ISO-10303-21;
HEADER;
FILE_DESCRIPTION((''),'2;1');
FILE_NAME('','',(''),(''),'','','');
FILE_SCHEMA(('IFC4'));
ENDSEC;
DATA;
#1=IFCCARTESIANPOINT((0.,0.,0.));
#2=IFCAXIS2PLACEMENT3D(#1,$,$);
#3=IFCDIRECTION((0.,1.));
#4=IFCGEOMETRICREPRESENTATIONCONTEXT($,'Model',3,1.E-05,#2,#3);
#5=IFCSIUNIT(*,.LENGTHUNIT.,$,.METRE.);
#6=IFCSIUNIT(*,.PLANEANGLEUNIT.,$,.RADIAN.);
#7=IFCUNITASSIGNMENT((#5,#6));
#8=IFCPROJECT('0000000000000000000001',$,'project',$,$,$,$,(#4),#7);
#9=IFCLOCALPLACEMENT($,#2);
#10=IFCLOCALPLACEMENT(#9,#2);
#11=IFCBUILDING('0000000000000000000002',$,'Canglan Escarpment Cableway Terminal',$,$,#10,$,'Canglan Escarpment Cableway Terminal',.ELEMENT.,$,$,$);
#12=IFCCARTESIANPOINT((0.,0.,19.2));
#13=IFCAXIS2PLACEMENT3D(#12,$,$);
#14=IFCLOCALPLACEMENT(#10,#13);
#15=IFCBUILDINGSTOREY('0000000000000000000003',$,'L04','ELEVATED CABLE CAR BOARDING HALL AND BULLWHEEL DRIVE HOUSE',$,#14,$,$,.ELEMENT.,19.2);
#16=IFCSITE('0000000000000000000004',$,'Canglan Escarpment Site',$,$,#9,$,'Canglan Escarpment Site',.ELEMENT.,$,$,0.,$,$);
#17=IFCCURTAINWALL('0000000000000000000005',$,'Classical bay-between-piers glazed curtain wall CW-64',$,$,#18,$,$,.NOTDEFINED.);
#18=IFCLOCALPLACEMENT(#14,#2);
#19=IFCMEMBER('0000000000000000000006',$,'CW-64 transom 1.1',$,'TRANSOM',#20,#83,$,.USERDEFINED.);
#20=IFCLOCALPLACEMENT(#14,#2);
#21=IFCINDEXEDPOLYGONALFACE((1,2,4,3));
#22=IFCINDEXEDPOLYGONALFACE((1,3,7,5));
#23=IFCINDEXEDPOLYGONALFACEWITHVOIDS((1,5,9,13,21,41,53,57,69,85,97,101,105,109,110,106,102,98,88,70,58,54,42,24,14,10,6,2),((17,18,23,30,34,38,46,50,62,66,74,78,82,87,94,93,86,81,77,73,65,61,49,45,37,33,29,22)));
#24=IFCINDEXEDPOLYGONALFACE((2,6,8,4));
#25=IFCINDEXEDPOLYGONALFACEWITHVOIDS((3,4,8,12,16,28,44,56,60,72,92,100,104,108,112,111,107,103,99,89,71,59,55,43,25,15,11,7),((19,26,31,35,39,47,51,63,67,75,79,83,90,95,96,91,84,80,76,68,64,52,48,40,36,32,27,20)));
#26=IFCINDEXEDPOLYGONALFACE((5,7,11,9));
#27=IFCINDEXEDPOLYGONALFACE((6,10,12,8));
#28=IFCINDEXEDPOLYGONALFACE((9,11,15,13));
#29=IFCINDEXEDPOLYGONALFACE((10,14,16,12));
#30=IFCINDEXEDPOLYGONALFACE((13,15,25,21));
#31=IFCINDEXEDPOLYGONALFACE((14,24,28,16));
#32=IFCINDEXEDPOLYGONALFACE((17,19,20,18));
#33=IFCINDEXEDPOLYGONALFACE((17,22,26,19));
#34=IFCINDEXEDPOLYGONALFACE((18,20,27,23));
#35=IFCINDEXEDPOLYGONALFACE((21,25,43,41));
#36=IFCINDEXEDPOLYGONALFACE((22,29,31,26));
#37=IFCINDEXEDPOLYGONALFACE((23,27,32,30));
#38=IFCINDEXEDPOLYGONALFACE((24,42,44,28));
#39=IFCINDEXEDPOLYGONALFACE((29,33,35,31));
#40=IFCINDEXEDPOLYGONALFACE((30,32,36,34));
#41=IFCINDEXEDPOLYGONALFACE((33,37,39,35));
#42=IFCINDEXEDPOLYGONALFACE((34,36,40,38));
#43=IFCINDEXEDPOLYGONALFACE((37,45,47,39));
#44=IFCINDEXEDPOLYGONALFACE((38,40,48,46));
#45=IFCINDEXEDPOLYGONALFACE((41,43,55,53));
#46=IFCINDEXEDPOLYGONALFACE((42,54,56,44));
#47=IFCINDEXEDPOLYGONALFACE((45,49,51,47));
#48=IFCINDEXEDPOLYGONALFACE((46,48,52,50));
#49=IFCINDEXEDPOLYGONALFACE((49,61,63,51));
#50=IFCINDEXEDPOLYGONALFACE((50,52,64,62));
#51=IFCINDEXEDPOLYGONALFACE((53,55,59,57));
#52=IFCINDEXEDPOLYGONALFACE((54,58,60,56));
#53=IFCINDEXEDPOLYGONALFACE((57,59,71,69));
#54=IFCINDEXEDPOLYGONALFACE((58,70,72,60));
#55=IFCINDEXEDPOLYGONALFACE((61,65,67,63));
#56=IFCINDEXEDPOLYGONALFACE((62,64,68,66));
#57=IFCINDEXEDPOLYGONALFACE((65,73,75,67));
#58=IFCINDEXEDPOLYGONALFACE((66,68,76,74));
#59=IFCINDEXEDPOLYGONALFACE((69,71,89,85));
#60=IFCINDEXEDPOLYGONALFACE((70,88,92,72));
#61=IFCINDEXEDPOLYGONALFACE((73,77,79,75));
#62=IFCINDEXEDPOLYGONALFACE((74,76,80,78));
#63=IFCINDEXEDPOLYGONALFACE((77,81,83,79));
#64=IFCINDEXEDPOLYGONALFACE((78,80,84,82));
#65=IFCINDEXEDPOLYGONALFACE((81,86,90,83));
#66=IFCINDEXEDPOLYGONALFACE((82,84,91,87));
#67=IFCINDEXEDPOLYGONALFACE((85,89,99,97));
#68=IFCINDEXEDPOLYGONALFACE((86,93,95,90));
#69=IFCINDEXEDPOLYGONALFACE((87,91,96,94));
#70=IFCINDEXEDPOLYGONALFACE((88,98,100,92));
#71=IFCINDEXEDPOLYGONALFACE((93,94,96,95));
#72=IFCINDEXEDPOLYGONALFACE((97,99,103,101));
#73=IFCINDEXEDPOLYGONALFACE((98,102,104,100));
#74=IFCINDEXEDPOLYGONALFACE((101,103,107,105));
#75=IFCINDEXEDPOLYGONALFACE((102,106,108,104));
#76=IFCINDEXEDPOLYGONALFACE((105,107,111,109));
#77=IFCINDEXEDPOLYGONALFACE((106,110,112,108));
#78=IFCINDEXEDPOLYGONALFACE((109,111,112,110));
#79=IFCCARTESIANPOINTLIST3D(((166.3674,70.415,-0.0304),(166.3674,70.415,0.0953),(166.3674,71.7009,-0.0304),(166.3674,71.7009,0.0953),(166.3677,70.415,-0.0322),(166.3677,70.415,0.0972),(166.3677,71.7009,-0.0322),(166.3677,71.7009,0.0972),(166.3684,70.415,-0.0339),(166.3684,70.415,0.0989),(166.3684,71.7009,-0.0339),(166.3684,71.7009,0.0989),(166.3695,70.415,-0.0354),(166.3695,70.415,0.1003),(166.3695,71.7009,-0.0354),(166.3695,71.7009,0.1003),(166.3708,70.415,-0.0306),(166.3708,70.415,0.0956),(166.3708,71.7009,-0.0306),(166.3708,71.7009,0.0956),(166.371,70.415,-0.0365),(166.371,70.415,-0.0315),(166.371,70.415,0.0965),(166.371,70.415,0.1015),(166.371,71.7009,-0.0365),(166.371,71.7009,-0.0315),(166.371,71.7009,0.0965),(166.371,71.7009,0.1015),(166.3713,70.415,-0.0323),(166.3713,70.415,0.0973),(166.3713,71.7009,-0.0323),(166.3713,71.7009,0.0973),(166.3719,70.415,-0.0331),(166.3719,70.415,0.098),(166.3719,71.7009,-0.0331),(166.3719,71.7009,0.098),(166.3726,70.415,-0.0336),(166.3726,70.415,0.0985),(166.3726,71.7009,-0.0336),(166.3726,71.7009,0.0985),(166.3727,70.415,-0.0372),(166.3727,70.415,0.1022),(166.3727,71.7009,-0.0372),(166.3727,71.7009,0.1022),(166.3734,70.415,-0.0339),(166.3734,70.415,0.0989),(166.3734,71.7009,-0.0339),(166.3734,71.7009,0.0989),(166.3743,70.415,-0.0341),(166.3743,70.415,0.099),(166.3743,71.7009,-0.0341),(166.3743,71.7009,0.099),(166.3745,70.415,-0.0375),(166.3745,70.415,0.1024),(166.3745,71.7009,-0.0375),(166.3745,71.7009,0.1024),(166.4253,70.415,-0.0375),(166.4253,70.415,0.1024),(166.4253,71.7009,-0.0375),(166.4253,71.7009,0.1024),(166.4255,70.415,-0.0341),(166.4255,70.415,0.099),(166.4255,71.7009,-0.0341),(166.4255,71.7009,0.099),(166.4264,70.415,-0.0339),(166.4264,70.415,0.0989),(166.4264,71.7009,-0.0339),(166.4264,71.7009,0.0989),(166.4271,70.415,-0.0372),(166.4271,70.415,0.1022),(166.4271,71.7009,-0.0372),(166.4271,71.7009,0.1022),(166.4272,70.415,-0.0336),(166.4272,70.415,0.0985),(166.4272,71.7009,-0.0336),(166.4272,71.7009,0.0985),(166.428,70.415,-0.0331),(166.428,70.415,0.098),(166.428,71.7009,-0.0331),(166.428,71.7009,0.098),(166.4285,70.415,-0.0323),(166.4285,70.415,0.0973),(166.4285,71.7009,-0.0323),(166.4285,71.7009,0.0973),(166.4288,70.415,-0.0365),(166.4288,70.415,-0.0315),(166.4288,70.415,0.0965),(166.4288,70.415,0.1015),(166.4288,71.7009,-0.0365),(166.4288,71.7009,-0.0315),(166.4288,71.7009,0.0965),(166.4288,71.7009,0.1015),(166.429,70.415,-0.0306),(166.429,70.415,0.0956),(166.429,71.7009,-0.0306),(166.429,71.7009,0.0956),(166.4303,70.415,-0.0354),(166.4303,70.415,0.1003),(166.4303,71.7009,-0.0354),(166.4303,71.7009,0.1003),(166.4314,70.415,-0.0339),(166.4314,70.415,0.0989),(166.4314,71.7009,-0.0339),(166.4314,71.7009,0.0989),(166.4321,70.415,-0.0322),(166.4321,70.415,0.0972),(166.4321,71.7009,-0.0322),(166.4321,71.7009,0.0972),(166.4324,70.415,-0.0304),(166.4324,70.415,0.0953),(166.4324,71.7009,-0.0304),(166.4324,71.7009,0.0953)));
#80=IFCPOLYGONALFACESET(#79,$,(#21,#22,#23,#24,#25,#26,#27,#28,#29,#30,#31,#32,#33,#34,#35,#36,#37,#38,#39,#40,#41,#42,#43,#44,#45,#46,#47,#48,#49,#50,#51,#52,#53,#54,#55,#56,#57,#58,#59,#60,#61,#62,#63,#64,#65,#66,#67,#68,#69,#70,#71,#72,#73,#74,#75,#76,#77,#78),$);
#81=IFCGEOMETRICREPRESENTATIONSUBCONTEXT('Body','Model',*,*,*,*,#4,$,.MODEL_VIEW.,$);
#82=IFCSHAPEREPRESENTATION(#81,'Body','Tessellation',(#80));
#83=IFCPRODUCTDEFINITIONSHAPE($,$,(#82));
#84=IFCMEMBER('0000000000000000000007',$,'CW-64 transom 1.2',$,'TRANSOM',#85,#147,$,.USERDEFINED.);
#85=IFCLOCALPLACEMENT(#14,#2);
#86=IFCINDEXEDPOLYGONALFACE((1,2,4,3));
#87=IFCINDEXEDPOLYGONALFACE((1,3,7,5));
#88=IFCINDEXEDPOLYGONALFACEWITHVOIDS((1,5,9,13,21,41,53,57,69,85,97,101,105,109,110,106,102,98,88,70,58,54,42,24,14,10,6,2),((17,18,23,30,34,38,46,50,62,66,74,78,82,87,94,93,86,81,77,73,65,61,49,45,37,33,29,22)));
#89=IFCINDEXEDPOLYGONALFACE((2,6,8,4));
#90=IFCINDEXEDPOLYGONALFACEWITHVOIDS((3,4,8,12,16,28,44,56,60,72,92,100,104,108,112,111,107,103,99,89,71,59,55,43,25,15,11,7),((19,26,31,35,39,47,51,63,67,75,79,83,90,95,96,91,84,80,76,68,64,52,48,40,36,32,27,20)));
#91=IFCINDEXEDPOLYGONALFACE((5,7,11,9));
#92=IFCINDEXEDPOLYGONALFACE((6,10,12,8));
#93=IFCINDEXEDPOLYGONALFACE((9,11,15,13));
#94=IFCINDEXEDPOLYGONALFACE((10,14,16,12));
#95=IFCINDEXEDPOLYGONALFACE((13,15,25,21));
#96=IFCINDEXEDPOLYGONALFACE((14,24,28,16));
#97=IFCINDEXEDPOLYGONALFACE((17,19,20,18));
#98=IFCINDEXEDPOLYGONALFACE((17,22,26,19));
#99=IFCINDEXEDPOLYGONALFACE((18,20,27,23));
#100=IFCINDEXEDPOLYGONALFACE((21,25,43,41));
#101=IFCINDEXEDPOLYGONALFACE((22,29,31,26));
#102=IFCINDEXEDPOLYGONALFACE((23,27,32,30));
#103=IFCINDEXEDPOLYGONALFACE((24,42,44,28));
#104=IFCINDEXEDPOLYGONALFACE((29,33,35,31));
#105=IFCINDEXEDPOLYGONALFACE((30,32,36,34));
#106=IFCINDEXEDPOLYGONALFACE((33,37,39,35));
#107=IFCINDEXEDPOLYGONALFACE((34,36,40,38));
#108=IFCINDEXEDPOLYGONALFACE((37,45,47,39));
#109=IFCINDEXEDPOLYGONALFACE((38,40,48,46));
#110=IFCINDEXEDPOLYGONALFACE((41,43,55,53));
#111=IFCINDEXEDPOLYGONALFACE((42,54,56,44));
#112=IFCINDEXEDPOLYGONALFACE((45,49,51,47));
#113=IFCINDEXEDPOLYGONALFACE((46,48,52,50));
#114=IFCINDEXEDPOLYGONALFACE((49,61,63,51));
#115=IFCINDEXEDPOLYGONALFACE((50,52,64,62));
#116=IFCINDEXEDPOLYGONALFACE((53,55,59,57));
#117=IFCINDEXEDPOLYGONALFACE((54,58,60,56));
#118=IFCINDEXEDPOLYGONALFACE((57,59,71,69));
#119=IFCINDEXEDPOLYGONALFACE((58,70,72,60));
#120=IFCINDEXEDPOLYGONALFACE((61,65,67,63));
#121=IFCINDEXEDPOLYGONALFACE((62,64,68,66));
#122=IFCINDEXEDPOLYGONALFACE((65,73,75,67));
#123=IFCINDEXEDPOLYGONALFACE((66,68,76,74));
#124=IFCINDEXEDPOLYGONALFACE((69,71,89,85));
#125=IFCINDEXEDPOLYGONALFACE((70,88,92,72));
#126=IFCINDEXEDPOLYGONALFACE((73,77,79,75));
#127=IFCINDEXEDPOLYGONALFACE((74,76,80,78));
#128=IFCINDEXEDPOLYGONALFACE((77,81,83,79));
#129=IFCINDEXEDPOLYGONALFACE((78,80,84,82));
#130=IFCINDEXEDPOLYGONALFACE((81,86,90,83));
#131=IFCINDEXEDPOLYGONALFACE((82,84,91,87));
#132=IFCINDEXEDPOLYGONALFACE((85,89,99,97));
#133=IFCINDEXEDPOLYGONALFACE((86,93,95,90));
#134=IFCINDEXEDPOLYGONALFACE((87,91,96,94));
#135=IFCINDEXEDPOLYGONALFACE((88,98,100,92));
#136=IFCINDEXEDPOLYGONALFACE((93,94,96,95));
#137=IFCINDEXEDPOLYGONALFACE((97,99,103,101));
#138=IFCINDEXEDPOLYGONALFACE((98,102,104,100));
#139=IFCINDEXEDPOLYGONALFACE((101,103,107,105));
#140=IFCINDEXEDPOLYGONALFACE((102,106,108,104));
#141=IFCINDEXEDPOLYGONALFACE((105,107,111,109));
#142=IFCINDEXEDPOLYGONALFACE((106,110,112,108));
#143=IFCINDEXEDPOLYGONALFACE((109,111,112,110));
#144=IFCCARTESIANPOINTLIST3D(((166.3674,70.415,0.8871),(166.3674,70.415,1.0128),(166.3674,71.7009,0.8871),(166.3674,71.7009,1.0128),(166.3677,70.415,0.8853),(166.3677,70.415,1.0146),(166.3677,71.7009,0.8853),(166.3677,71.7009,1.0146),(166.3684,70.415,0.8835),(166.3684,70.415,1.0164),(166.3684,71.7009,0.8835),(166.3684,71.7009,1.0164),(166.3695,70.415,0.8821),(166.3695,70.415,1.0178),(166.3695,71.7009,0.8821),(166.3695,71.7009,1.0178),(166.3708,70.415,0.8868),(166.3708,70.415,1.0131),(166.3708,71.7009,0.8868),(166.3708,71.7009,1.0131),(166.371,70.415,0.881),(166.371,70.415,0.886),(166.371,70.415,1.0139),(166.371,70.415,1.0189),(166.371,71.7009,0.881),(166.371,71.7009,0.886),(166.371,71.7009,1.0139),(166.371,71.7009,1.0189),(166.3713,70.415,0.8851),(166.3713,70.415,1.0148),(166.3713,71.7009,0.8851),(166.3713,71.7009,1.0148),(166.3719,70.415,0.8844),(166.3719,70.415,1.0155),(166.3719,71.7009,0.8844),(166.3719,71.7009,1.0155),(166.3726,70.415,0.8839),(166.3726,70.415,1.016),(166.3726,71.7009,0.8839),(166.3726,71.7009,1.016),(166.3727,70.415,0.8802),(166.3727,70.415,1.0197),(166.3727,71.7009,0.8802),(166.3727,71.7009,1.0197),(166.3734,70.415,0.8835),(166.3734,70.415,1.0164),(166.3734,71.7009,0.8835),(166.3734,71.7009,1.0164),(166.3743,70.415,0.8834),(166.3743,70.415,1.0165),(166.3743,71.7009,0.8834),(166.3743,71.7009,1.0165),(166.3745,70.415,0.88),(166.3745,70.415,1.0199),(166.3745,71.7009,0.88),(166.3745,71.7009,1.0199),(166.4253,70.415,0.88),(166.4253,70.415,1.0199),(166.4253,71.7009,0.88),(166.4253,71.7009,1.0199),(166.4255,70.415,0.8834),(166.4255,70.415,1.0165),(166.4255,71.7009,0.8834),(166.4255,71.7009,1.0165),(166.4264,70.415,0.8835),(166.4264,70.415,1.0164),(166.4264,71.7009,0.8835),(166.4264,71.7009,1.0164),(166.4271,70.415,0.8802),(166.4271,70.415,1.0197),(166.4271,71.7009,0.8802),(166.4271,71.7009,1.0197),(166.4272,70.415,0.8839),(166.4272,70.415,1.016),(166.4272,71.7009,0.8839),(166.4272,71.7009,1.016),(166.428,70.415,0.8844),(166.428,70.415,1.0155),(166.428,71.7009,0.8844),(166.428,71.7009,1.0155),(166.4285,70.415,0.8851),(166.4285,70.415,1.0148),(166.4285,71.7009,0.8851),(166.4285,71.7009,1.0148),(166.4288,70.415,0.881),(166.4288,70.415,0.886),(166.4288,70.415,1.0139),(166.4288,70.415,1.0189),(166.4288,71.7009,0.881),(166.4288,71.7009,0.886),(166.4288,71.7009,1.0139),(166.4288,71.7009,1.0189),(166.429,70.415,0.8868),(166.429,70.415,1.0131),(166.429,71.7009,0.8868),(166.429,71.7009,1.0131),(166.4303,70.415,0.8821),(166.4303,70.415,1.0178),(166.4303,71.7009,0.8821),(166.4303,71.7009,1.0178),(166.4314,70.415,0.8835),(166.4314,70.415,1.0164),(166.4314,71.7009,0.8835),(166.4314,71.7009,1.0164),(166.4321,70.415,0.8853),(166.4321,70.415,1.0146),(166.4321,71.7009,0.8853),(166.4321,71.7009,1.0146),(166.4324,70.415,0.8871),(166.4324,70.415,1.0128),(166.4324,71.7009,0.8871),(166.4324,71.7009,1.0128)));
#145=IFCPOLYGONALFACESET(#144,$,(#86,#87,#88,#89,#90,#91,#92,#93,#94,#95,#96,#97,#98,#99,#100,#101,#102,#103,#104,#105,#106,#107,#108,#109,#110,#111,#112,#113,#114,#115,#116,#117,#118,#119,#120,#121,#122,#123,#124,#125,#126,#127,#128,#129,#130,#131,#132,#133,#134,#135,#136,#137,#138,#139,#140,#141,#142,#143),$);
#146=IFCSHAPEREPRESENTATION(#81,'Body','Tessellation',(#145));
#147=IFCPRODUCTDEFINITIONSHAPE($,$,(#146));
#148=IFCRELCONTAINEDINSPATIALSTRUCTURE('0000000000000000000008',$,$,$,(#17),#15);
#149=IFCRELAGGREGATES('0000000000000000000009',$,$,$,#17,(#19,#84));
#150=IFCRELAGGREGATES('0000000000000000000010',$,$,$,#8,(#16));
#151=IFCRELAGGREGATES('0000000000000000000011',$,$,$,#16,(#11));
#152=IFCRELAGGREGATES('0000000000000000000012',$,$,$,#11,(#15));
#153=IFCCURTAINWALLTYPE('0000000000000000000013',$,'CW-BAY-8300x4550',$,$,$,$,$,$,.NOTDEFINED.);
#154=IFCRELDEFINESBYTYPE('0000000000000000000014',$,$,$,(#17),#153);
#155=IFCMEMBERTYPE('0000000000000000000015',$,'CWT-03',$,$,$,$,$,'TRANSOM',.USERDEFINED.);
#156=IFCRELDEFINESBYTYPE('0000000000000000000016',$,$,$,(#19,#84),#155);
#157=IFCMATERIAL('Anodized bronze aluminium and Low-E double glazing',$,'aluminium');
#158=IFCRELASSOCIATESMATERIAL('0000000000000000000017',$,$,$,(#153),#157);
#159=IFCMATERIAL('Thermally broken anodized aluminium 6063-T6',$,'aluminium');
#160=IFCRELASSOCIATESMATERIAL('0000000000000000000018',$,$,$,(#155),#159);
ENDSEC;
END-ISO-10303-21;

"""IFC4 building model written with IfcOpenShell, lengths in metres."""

from ifc_helpers import new_model, si_unit, direction, frame, origin, origin_2d, place, context, subcontext, project, spatial, hollow_rectangle, extrude, material, material_profile, profile_set, type_object, element, aggregate, save


model = new_model("IFC4")

# Units and contexts
model_context = context("Model", 3, precision=1e-05, world=origin(), true_north=direction((0.0, 1.0)))
body_context = subcontext(model_context, "Body", "Model", "MODEL_VIEW")
ifc_project = project(units=[si_unit("LENGTHUNIT", "METRE"), si_unit("PLANEANGLEUNIT", "RADIAN")], contexts=[model_context])

# Site, building, storey
site_placement = place(None, origin())
site = spatial("IfcSite", under=ifc_project, at=site_placement, Name="Canglan Escarpment Site", LongName="Canglan Escarpment Site", CompositionType="ELEMENT", RefElevation=0.0)
building_placement = place(site_placement, origin())
building = spatial("IfcBuilding", under=site, at=building_placement, Name="Canglan Escarpment Cableway Terminal", LongName="Canglan Escarpment Cableway Terminal", CompositionType="ELEMENT")
storey_placement = place(building_placement, frame((0.0, 0.0, 19.2)))
storey = spatial("IfcBuildingStorey", under=building, at=storey_placement, Name="L04", Description="ELEVATED CABLE CAR BOARDING HALL AND BULLWHEEL DRIVE HOUSE", CompositionType="ELEMENT", Elevation=19.2)

# Shared definitions
ifc_material_1 = material(Name="Anodized bronze aluminium and Low-E double glazing", Category="aluminium")
curtain_wall_type = type_object("IfcCurtainWallType", Name="CW-BAY-8300x4550", PredefinedType="NOTDEFINED", material=ifc_material_1)
ifc_material_2 = material(Name="Thermally broken anodized aluminium 6063-T6", Category="aluminium")

# Curtain wall
curtain_wall_1_placement = place(storey_placement, origin())
curtain_wall_1 = element("IfcCurtainWall", 1, at=curtain_wall_1_placement, inside=storey, type_object=curtain_wall_type, Name="Classical bay-between-piers glazed curtain wall CW-64", PredefinedType="NOTDEFINED")

# Members
ifc_material_profile_1 = material_profile(ifc_material_2, hollow_rectangle(XDim=0.0649, YDim=0.1399, WallThickness=0.0034, InnerFilletRadius=0.0034, OuterFilletRadius=0.0071, at=origin_2d()), Name="ALU-TRAN 65x140x3.5")
ifc_profile_set_1 = profile_set([ifc_material_profile_1], Name="Thermally broken anodized aluminium 6063-T6")
member_type_1 = type_object("IfcMemberType", Name="CWT-03", ElementType="TRANSOM", PredefinedType="USERDEFINED", material=ifc_profile_set_1)
member_1_placement = place(storey_placement, frame((166.3999, 70.415, 0.0325), z_axis=(0.0, 1.0, 0.0), x_axis=(-1.0, 0.0, 0.0)))
member_1 = element("IfcMember", 2, at=member_1_placement, type_object=member_type_1, Name="CW-64 transom 1.1", ObjectType="TRANSOM", PredefinedType="USERDEFINED", context=body_context, shape_type="SweptSolid", body=[
    extrude(hollow_rectangle(XDim=0.0649, YDim=0.1399, WallThickness=0.0034, InnerFilletRadius=0.0034, OuterFilletRadius=0.0071, at=origin_2d()), origin(), (0.0, 0.0, 1.0), 1.2859),
])
member_2_placement = place(storey_placement, frame((166.3999, 70.415, 0.95), z_axis=(0.0, 1.0, 0.0), x_axis=(-1.0, 0.0, 0.0)))
member_2 = element("IfcMember", 3, at=member_2_placement, type_object=member_type_1, Name="CW-64 transom 1.2", ObjectType="TRANSOM", PredefinedType="USERDEFINED", context=body_context, shape_type="SweptSolid", body=[
    extrude(hollow_rectangle(XDim=0.0649, YDim=0.1399, WallThickness=0.0034, InnerFilletRadius=0.0034, OuterFilletRadius=0.0071, at=origin_2d()), origin(), (0.0, 0.0, 1.0), 1.2859),
])
aggregate(curtain_wall_1, [member_1, member_2])

save(model, "model.ifc")
